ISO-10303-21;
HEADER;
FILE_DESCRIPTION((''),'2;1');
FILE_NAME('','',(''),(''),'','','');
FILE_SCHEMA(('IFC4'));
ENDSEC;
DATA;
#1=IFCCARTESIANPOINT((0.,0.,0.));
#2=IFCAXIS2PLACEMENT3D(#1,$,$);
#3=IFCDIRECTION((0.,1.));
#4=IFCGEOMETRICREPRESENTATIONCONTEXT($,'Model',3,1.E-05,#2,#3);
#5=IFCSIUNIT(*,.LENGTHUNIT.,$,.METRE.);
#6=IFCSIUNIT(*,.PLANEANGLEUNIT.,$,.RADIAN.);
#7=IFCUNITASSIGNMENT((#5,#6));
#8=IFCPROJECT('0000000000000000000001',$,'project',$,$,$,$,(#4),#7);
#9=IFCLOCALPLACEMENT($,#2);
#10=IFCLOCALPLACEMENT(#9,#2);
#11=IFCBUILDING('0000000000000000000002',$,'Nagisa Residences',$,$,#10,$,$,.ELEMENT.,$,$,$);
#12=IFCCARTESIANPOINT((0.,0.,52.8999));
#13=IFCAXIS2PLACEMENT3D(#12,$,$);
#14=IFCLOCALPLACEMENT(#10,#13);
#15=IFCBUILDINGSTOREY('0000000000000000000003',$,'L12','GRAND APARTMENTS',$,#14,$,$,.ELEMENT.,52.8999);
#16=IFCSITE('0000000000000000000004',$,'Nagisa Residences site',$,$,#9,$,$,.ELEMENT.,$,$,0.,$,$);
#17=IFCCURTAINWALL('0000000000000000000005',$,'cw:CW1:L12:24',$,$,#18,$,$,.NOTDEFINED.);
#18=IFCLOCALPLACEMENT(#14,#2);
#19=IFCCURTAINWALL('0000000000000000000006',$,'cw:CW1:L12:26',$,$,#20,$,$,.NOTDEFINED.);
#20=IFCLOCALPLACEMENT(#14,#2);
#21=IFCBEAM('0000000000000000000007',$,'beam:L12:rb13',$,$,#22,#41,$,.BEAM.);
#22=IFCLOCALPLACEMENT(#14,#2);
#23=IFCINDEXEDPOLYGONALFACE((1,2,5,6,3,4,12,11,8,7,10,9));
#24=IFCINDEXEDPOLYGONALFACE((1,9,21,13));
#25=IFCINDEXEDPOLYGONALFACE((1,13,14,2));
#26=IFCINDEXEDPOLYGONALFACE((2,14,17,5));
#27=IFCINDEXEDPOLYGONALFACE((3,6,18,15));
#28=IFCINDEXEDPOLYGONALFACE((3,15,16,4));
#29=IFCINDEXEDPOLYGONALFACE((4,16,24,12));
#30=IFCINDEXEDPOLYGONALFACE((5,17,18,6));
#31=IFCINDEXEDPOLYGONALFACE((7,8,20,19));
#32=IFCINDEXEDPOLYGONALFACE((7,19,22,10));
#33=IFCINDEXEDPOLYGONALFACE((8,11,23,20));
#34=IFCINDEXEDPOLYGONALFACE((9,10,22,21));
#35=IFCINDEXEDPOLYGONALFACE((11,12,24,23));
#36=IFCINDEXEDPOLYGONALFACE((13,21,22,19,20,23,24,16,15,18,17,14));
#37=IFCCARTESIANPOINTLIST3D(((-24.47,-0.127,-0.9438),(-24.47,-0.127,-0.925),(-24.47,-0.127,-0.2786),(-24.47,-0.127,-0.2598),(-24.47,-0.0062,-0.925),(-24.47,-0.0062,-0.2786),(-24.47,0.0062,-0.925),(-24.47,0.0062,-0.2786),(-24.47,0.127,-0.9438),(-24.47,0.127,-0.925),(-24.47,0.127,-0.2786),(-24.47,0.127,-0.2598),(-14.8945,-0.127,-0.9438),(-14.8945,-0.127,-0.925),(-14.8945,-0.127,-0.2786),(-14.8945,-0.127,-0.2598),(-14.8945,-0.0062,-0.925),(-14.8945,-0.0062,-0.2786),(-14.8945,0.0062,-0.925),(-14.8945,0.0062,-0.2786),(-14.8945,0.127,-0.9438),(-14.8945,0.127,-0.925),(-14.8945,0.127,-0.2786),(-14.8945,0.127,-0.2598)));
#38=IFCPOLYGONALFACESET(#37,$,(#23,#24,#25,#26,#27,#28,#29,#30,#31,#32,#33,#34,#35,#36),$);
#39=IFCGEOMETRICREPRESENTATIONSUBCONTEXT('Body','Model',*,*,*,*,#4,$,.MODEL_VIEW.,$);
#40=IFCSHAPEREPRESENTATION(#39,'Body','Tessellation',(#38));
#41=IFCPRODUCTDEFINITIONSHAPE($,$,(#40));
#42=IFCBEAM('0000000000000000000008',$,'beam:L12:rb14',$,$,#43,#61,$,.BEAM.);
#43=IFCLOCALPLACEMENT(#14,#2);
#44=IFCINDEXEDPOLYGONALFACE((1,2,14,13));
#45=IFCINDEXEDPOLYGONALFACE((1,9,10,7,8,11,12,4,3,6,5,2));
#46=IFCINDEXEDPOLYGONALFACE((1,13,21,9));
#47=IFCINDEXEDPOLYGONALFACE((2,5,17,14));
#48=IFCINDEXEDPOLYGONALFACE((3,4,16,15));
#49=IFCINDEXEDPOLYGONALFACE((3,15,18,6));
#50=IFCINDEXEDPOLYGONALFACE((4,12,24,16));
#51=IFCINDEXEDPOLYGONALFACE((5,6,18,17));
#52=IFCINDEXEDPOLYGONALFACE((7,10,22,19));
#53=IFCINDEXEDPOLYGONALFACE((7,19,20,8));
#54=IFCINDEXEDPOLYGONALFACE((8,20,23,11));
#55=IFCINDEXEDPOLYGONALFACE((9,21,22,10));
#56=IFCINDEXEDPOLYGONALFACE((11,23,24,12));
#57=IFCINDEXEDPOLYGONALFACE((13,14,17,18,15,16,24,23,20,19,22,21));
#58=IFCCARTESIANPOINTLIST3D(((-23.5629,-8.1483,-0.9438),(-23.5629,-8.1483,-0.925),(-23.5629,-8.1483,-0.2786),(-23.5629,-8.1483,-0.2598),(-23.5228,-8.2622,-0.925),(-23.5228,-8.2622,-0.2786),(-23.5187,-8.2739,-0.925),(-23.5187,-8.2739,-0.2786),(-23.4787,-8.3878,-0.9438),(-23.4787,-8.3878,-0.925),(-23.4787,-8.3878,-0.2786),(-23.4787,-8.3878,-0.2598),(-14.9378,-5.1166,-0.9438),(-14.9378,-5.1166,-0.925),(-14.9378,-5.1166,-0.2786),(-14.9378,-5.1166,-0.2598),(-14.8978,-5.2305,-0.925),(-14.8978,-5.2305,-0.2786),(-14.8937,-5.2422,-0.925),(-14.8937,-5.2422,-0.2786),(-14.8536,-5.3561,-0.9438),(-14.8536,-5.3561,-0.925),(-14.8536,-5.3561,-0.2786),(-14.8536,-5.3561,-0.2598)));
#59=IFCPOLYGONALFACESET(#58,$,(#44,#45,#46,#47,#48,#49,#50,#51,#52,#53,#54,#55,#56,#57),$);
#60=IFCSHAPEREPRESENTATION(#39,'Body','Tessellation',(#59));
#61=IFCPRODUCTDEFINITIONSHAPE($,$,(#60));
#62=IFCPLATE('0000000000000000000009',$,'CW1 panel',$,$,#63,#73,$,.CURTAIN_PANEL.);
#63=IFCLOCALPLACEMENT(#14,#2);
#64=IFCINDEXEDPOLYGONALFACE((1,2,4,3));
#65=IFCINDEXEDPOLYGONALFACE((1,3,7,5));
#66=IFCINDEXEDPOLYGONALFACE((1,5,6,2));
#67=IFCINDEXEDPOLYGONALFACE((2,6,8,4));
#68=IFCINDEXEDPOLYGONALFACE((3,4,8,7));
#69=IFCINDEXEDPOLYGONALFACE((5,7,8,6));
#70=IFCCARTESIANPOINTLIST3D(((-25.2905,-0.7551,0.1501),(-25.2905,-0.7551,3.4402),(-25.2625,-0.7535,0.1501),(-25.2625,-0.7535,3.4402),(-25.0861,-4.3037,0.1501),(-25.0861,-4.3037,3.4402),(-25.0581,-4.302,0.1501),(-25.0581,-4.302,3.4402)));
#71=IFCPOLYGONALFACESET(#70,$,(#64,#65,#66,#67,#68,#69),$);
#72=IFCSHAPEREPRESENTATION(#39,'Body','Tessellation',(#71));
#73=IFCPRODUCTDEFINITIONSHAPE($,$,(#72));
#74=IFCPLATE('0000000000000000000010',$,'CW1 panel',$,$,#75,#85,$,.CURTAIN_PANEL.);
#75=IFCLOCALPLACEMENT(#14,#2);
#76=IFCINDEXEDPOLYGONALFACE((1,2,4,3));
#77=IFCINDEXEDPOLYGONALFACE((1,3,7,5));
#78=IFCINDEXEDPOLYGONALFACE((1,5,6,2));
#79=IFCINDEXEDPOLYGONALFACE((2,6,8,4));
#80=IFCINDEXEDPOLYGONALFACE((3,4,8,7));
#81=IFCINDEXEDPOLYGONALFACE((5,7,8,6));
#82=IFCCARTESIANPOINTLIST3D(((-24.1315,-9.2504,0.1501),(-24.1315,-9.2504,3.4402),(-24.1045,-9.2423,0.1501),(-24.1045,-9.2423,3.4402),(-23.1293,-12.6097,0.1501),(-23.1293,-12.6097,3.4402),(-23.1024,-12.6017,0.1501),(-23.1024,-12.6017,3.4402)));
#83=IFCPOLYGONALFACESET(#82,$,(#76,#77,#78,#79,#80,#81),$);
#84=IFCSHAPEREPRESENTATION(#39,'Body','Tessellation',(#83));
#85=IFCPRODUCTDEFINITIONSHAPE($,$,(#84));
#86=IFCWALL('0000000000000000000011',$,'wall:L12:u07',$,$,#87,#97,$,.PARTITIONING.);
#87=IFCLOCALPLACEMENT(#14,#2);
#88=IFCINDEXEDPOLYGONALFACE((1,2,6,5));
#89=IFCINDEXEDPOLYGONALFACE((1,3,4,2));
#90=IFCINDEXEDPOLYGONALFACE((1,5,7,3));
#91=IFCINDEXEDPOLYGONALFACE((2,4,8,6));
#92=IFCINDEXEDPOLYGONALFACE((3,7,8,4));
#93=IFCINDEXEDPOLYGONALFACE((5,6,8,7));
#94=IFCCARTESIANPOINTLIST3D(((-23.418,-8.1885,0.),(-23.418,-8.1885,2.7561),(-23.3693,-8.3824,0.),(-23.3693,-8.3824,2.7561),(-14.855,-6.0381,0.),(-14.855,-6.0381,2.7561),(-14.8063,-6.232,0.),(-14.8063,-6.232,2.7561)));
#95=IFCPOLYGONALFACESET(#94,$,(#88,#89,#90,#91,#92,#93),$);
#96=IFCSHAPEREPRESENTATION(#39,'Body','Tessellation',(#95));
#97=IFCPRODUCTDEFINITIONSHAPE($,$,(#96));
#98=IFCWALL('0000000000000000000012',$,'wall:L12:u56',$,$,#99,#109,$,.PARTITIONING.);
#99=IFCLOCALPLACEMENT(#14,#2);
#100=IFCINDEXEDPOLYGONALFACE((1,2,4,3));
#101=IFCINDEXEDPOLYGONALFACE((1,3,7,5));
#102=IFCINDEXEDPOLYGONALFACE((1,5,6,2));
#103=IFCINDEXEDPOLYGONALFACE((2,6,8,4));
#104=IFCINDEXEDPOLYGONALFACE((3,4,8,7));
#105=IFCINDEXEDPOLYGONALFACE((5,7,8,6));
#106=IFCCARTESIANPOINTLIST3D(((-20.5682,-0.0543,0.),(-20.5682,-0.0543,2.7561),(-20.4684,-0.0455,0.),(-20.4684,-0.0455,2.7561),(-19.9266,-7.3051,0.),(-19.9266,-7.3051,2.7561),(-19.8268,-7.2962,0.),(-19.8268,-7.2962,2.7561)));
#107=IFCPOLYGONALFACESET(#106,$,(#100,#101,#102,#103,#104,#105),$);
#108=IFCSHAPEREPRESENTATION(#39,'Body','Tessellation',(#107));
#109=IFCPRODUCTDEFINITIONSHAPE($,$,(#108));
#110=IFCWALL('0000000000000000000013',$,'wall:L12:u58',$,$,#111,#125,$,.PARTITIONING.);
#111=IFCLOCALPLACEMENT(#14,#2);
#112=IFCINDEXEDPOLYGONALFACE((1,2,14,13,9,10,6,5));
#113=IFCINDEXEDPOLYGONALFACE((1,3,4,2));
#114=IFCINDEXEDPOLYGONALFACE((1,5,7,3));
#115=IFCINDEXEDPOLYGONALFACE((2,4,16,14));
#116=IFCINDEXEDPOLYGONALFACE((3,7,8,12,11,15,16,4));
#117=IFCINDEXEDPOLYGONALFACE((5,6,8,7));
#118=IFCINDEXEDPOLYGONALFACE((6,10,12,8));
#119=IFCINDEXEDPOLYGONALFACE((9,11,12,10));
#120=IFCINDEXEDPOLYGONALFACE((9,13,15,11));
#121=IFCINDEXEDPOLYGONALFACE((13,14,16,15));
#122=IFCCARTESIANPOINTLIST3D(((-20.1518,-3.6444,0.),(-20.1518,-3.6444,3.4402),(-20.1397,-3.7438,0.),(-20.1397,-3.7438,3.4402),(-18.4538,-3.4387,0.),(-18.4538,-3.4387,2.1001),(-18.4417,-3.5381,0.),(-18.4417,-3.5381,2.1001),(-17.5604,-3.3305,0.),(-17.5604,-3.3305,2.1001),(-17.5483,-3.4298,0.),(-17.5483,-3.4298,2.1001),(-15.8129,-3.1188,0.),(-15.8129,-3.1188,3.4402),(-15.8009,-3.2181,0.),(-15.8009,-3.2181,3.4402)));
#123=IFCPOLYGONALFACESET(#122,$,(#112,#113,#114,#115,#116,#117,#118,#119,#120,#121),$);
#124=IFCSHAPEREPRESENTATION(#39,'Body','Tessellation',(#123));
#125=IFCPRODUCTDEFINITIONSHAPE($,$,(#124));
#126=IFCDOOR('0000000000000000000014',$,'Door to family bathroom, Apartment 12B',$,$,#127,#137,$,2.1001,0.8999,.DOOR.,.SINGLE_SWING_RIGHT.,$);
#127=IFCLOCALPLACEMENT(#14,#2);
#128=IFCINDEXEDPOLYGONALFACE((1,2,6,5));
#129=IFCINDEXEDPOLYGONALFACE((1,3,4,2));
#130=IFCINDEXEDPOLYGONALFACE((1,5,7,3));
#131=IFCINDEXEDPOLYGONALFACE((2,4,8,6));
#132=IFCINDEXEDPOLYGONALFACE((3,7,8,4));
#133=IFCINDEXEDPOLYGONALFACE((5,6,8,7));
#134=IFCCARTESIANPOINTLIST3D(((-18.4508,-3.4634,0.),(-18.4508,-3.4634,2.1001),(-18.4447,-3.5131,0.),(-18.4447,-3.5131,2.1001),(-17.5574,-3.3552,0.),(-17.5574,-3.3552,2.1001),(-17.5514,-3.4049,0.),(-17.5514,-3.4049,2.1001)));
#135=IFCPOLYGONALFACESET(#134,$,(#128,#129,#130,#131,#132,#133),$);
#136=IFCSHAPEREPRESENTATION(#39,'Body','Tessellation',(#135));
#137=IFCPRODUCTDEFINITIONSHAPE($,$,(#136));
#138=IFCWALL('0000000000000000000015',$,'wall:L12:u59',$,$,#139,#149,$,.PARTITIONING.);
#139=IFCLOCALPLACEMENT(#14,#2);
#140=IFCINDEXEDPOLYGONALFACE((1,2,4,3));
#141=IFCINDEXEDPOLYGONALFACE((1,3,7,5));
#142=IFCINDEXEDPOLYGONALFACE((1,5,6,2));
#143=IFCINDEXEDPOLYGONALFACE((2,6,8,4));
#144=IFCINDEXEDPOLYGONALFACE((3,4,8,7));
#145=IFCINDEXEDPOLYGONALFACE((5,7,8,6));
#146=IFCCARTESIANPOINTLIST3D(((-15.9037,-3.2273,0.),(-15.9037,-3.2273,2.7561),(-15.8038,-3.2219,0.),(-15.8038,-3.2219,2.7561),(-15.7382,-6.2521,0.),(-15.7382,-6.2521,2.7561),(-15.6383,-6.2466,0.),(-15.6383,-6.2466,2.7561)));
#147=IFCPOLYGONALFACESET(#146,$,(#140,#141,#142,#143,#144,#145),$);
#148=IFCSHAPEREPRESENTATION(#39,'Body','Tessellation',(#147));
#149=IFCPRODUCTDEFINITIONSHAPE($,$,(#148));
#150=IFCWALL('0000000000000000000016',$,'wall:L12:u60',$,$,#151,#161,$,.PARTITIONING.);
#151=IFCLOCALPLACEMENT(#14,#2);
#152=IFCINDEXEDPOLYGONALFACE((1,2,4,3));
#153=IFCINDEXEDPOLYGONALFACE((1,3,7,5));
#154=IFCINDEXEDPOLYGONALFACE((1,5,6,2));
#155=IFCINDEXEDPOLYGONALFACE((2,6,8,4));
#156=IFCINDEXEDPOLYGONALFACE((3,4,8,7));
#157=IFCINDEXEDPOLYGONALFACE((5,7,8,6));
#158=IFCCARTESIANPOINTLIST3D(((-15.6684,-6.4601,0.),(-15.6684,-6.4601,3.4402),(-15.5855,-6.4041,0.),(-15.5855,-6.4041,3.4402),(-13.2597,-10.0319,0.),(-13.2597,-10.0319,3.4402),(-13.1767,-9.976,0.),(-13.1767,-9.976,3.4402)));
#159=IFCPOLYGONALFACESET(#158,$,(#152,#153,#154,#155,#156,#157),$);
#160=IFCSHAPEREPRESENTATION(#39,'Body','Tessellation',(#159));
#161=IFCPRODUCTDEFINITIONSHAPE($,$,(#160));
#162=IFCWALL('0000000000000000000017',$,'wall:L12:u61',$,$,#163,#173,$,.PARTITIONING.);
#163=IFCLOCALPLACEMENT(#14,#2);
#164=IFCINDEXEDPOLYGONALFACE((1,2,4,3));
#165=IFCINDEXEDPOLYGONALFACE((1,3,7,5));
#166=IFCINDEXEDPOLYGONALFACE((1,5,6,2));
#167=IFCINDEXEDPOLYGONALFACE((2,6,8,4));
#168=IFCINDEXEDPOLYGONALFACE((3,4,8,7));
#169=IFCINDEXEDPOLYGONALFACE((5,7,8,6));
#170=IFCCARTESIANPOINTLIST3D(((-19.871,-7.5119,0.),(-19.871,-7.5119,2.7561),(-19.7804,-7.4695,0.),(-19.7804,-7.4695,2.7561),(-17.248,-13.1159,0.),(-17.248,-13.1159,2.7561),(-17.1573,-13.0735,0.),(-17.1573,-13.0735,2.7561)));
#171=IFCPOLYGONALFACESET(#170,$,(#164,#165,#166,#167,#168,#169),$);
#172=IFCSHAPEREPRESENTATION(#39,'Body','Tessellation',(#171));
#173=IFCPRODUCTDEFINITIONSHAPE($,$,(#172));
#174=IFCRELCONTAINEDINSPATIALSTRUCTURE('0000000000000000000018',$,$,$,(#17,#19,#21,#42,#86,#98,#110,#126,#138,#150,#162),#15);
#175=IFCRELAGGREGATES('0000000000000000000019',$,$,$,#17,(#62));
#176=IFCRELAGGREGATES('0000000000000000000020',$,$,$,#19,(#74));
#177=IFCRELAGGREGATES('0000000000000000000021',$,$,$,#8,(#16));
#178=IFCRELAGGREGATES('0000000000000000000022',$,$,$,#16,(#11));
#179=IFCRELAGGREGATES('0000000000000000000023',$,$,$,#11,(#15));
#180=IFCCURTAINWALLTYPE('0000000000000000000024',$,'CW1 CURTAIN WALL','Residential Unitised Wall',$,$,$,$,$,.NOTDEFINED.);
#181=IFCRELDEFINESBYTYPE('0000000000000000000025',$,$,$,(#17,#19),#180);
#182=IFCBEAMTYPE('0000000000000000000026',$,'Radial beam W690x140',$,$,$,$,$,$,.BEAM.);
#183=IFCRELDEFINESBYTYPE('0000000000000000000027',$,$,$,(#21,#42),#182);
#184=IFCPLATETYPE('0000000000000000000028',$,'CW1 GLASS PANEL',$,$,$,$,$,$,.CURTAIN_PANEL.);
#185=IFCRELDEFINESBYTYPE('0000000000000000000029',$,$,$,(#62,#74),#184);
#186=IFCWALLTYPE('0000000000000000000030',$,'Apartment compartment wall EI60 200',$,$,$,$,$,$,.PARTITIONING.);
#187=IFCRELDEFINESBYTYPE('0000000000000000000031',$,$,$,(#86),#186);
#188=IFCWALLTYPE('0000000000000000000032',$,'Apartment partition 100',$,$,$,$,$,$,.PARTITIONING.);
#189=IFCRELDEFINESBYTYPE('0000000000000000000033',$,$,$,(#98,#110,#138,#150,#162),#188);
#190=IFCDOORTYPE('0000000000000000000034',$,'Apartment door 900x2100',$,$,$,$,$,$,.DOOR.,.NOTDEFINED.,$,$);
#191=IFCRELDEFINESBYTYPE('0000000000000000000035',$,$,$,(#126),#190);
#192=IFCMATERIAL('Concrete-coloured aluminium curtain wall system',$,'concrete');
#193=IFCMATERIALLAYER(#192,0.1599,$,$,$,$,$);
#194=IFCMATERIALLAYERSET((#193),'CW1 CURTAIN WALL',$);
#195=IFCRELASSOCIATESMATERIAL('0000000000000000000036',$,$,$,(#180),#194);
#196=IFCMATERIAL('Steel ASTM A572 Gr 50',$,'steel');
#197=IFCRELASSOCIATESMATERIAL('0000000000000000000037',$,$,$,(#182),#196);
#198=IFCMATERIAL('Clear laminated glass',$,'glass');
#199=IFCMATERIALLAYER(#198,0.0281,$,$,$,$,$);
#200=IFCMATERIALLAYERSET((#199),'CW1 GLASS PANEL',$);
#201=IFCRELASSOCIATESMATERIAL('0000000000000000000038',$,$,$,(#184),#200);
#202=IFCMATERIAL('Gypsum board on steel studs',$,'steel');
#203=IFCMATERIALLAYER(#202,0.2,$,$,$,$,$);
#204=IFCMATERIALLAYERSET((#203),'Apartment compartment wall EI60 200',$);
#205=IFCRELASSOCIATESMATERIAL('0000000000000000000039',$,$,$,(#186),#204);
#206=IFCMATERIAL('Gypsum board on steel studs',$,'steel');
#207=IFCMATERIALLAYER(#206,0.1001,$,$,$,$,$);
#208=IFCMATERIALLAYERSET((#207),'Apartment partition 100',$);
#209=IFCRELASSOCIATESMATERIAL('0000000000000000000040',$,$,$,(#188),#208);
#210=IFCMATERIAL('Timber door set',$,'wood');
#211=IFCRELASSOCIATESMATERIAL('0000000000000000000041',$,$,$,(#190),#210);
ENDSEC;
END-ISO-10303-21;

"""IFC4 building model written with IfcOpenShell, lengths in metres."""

from ifc_helpers import new_model, si_unit, direction, frame, frame_2d, origin, origin_2d, place, context, subcontext, project, spatial, rectangle, i_section, extrude, material, layer, layer_set, material_profile, profile_set, type_object, element, fill, aggregate, save


model = new_model("IFC4")

# Units and contexts
model_context = context("Model", 3, precision=1e-05, world=origin(), true_north=direction((0.0, 1.0)))
body_context = subcontext(model_context, "Body", "Model", "MODEL_VIEW")
ifc_project = project(units=[si_unit("LENGTHUNIT", "METRE"), si_unit("PLANEANGLEUNIT", "RADIAN")], contexts=[model_context])

# Site, building, storey
site_placement = place(None, origin())
site = spatial("IfcSite", under=ifc_project, at=site_placement, Name="Nagisa Residences site", CompositionType="ELEMENT", RefElevation=0.0)
building_placement = place(site_placement, origin())
building = spatial("IfcBuilding", under=site, at=building_placement, Name="Nagisa Residences", CompositionType="ELEMENT")
storey_placement = place(building_placement, frame((0.0, 0.0, 52.8999)))
storey = spatial("IfcBuildingStorey", under=building, at=storey_placement, Name="L12", Description="GRAND APARTMENTS", CompositionType="ELEMENT", Elevation=52.8999)

# Curtain walls
ifc_material_1 = material(Name="Concrete-coloured aluminium curtain wall system", Category="concrete")
ifc_layer_1 = layer(ifc_material_1, 0.1599)
ifc_layer_set_1 = layer_set([ifc_layer_1], Name="CW1 CURTAIN WALL")
curtain_wall_type = type_object("IfcCurtainWallType", Name="CW1 CURTAIN WALL", Description="Residential Unitised Wall", PredefinedType="NOTDEFINED", material=ifc_layer_set_1)
curtain_wall_1_placement = place(storey_placement, origin())
curtain_wall_1 = element("IfcCurtainWall", 1, at=curtain_wall_1_placement, inside=storey, type_object=curtain_wall_type, Name="cw:CW1:L12:24", PredefinedType="NOTDEFINED")
curtain_wall_2_placement = place(storey_placement, origin())
curtain_wall_2 = element("IfcCurtainWall", 2, at=curtain_wall_2_placement, inside=storey, type_object=curtain_wall_type, Name="cw:CW1:L12:26", PredefinedType="NOTDEFINED")

# Beams
ifc_material_2 = material(Name="Steel ASTM A572 Gr 50", Category="steel")
ifc_material_profile_1 = material_profile(ifc_material_2, i_section(OverallWidth=0.2539, OverallDepth=0.6841, WebThickness=0.0125, FlangeThickness=0.0188, at=origin_2d()), Name="W690x140")
ifc_profile_set_1 = profile_set([ifc_material_profile_1], Name="Steel ASTM A572 Gr 50")
beam_type_1 = type_object("IfcBeamType", Name="Radial beam W690x140", PredefinedType="BEAM", material=ifc_profile_set_1)
beam_1_placement = place(storey_placement, frame((-24.47, 0.0, -0.6018), z_axis=(1.0, 0.0, 0.0), x_axis=(0.0, 1.0, 0.0)))
element("IfcBeam", 3, at=beam_1_placement, inside=storey, type_object=beam_type_1, Name="beam:L12:rb13", PredefinedType="BEAM", context=body_context, shape_type="SweptSolid", body=[
    extrude(i_section(OverallWidth=0.2539, OverallDepth=0.6841, WebThickness=0.0125, FlangeThickness=0.0188, at=origin_2d()), origin(), (0.0, 0.0, 1.0), 9.5754),
])
beam_2_placement = place(storey_placement, frame((-23.5208, -8.2681, -0.6018), z_axis=(0.943415, 0.331616, 0.0), x_axis=(-0.331616, 0.943415, 0.0)))
element("IfcBeam", 4, at=beam_2_placement, inside=storey, type_object=beam_type_1, Name="beam:L12:rb14", PredefinedType="BEAM", context=body_context, shape_type="SweptSolid", body=[
    extrude(i_section(OverallWidth=0.2539, OverallDepth=0.6841, WebThickness=0.0125, FlangeThickness=0.0188, at=origin_2d()), origin(), (0.0, 0.0, 1.0), 9.1423),
])

# Plates
ifc_material_3 = material(Name="Clear laminated glass", Category="glass")
ifc_layer_2 = layer(ifc_material_3, 0.0281)
ifc_layer_set_2 = layer_set([ifc_layer_2], Name="CW1 GLASS PANEL")
plate_type = type_object("IfcPlateType", Name="CW1 GLASS PANEL", PredefinedType="CURTAIN_PANEL", material=ifc_layer_set_2)
plate_1_placement = place(storey_placement, frame((-25.1743, -2.5286, 0.1501), z_axis=(0.0, 0.0, 1.0), x_axis=(0.057503, -0.998345, 0.0)))
plate_1 = element("IfcPlate", 5, at=plate_1_placement, type_object=plate_type, Name="CW1 panel", PredefinedType="CURTAIN_PANEL", context=body_context, shape_type="SweptSolid", body=[
    extrude(rectangle(XDim=3.5544, YDim=0.0281, at=origin_2d()), origin(), (0.0, 0.0, 1.0), 3.29),
])
aggregate(curtain_wall_1, [plate_1])
plate_2_placement = place(storey_placement, frame((-23.6169, -10.926, 0.1501), z_axis=(0.0, 0.0, 1.0), x_axis=(0.28586, -0.958271, 0.0)))
plate_2 = element("IfcPlate", 6, at=plate_2_placement, type_object=plate_type, Name="CW1 panel", PredefinedType="CURTAIN_PANEL", context=body_context, shape_type="SweptSolid", body=[
    extrude(rectangle(XDim=3.5056, YDim=0.0281, at=origin_2d()), origin(), (0.0, 0.0, 1.0), 3.29),
])
aggregate(curtain_wall_2, [plate_2])

# Walls
ifc_material_4 = material(Name="Gypsum board on steel studs", Category="steel")
ifc_layer_3 = layer(ifc_material_4, 0.2)
ifc_layer_set_3 = layer_set([ifc_layer_3], Name="Apartment compartment wall EI60 200")
wall_type_1 = type_object("IfcWallType", Name="Apartment compartment wall EI60 200", PredefinedType="PARTITIONING", material=ifc_layer_set_3)
wall_1_placement = place(storey_placement, frame((-14.8306, -6.135, 0.0), z_axis=(0.0, 0.0, 1.0), x_axis=(-0.969885, -0.243564, 0.0)))
element("IfcWall", 7, at=wall_1_placement, inside=storey, type_object=wall_type_1, Name="wall:L12:u07", PredefinedType="PARTITIONING", context=body_context, shape_type="SweptSolid", body=[
    extrude(rectangle(XDim=8.8289, YDim=0.2, at=frame_2d((4.4146, 0.0))), origin(), (0.0, 0.0, 1.0), 2.7561),
])
ifc_material_5 = material(Name="Gypsum board on steel studs", Category="steel")
ifc_layer_4 = layer(ifc_material_5, 0.1001)
ifc_layer_set_4 = layer_set([ifc_layer_4], Name="Apartment partition 100")
wall_type_2 = type_object("IfcWallType", Name="Apartment partition 100", PredefinedType="PARTITIONING", material=ifc_layer_set_4)
wall_2_placement = place(storey_placement, frame((-20.5183, -0.0498, 0.0), z_axis=(0.0, 0.0, 1.0), x_axis=(0.088143, -0.996108, 0.0)))
element("IfcWall", 8, at=wall_2_placement, inside=storey, type_object=wall_type_2, Name="wall:L12:u56", PredefinedType="PARTITIONING", context=body_context, shape_type="SweptSolid", body=[
    extrude(rectangle(XDim=7.2791, YDim=0.1001, at=frame_2d((3.6396, 0.0))), origin(), (0.0, 0.0, 1.0), 2.7561),
])

# Wall, opening, door
wall_3_placement = place(storey_placement, frame((-15.8069, -3.1685, 0.0), z_axis=(0.0, 0.0, 1.0), x_axis=(-0.992742, -0.120266, 0.0)))
wall_3 = element("IfcWall", 9, at=wall_3_placement, inside=storey, type_object=wall_type_2, Name="wall:L12:u58", PredefinedType="PARTITIONING", context=body_context, shape_type="SweptSolid", body=[
    extrude(rectangle(XDim=4.3706, YDim=0.1001, at=frame_2d((2.1853, 0.0))), origin(), (0.0, 0.0, 1.0), 3.4402),
])
opening_1_placement = place(wall_3_placement, frame((1.7603, 0.0, 0.0)))
opening_1 = element("IfcOpeningElement", 10, at=opening_1_placement, cuts=wall_3, PredefinedType="OPENING", context=body_context, shape_type="SweptSolid", body=[
    extrude(rectangle(XDim=0.8999, YDim=2.1001, at=frame_2d((0.45, 1.05))), frame((0.0, 0.0601, 0.0), z_axis=(0.0, -1.0, 0.0), x_axis=(1.0, 0.0, 0.0)), (0.0, 0.0, 1.0), 0.1201),
])
ifc_material_6 = material(Name="Timber door set", Category="wood")
door_type_1 = type_object("IfcDoorType", Name="Apartment door 900x2100", OperationType="NOTDEFINED", PredefinedType="DOOR", material=ifc_material_6)
door_1_placement = place(opening_1_placement, origin())
door_1 = element("IfcDoor", 11, at=door_1_placement, inside=storey, type_object=door_type_1, Name="Door to family bathroom, Apartment 12B", OperationType="SINGLE_SWING_RIGHT", OverallHeight=2.1001, OverallWidth=0.8999, PredefinedType="DOOR", context=body_context, shape_type="SweptSolid", body=[
    extrude(rectangle(XDim=0.8999, YDim=2.1001, at=frame_2d((0.45, 1.05))), frame((0.0, 0.0249, 0.0), z_axis=(0.0, -1.0, 0.0), x_axis=(1.0, 0.0, 0.0)), (0.0, 0.0, 1.0), 0.05),
])
fill(opening_1, door_1)

# Walls
wall_4_placement = place(storey_placement, frame((-15.8538, -3.2246, 0.0), z_axis=(0.0, 0.0, 1.0), x_axis=(0.054644, -0.998506, 0.0)))
element("IfcWall", 12, at=wall_4_placement, inside=storey, type_object=wall_type_2, Name="wall:L12:u59", PredefinedType="PARTITIONING", context=body_context, shape_type="SweptSolid", body=[
    extrude(rectangle(XDim=3.0293, YDim=0.1001, at=frame_2d((1.5146, 0.0))), origin(), (0.0, 0.0, 1.0), 2.7561),
])
wall_5_placement = place(storey_placement, frame((-15.627, -6.4321, 0.0), z_axis=(0.0, 0.0, 1.0), x_axis=(0.559113, -0.829092, 0.0)))
element("IfcWall", 13, at=wall_5_placement, inside=storey, type_object=wall_type_2, Name="wall:L12:u60", PredefinedType="PARTITIONING", context=body_context, shape_type="SweptSolid", body=[
    extrude(rectangle(XDim=4.3081, YDim=0.1001, at=frame_2d((2.1541, 0.0))), origin(), (0.0, 0.0, 1.0), 3.4402),
])
wall_6_placement = place(storey_placement, frame((-19.8257, -7.4907, 0.0), z_axis=(0.0, 0.0, 1.0), x_axis=(0.423926, -0.905697, 0.0)))
element("IfcWall", 14, at=wall_6_placement, inside=storey, type_object=wall_type_2, Name="wall:L12:u61", PredefinedType="PARTITIONING", context=body_context, shape_type="SweptSolid", body=[
    extrude(rectangle(XDim=6.1875, YDim=0.1001, at=frame_2d((3.0938, 0.0))), origin(), (0.0, 0.0, 1.0), 2.7561),
])

save(model, "model.ifc")
